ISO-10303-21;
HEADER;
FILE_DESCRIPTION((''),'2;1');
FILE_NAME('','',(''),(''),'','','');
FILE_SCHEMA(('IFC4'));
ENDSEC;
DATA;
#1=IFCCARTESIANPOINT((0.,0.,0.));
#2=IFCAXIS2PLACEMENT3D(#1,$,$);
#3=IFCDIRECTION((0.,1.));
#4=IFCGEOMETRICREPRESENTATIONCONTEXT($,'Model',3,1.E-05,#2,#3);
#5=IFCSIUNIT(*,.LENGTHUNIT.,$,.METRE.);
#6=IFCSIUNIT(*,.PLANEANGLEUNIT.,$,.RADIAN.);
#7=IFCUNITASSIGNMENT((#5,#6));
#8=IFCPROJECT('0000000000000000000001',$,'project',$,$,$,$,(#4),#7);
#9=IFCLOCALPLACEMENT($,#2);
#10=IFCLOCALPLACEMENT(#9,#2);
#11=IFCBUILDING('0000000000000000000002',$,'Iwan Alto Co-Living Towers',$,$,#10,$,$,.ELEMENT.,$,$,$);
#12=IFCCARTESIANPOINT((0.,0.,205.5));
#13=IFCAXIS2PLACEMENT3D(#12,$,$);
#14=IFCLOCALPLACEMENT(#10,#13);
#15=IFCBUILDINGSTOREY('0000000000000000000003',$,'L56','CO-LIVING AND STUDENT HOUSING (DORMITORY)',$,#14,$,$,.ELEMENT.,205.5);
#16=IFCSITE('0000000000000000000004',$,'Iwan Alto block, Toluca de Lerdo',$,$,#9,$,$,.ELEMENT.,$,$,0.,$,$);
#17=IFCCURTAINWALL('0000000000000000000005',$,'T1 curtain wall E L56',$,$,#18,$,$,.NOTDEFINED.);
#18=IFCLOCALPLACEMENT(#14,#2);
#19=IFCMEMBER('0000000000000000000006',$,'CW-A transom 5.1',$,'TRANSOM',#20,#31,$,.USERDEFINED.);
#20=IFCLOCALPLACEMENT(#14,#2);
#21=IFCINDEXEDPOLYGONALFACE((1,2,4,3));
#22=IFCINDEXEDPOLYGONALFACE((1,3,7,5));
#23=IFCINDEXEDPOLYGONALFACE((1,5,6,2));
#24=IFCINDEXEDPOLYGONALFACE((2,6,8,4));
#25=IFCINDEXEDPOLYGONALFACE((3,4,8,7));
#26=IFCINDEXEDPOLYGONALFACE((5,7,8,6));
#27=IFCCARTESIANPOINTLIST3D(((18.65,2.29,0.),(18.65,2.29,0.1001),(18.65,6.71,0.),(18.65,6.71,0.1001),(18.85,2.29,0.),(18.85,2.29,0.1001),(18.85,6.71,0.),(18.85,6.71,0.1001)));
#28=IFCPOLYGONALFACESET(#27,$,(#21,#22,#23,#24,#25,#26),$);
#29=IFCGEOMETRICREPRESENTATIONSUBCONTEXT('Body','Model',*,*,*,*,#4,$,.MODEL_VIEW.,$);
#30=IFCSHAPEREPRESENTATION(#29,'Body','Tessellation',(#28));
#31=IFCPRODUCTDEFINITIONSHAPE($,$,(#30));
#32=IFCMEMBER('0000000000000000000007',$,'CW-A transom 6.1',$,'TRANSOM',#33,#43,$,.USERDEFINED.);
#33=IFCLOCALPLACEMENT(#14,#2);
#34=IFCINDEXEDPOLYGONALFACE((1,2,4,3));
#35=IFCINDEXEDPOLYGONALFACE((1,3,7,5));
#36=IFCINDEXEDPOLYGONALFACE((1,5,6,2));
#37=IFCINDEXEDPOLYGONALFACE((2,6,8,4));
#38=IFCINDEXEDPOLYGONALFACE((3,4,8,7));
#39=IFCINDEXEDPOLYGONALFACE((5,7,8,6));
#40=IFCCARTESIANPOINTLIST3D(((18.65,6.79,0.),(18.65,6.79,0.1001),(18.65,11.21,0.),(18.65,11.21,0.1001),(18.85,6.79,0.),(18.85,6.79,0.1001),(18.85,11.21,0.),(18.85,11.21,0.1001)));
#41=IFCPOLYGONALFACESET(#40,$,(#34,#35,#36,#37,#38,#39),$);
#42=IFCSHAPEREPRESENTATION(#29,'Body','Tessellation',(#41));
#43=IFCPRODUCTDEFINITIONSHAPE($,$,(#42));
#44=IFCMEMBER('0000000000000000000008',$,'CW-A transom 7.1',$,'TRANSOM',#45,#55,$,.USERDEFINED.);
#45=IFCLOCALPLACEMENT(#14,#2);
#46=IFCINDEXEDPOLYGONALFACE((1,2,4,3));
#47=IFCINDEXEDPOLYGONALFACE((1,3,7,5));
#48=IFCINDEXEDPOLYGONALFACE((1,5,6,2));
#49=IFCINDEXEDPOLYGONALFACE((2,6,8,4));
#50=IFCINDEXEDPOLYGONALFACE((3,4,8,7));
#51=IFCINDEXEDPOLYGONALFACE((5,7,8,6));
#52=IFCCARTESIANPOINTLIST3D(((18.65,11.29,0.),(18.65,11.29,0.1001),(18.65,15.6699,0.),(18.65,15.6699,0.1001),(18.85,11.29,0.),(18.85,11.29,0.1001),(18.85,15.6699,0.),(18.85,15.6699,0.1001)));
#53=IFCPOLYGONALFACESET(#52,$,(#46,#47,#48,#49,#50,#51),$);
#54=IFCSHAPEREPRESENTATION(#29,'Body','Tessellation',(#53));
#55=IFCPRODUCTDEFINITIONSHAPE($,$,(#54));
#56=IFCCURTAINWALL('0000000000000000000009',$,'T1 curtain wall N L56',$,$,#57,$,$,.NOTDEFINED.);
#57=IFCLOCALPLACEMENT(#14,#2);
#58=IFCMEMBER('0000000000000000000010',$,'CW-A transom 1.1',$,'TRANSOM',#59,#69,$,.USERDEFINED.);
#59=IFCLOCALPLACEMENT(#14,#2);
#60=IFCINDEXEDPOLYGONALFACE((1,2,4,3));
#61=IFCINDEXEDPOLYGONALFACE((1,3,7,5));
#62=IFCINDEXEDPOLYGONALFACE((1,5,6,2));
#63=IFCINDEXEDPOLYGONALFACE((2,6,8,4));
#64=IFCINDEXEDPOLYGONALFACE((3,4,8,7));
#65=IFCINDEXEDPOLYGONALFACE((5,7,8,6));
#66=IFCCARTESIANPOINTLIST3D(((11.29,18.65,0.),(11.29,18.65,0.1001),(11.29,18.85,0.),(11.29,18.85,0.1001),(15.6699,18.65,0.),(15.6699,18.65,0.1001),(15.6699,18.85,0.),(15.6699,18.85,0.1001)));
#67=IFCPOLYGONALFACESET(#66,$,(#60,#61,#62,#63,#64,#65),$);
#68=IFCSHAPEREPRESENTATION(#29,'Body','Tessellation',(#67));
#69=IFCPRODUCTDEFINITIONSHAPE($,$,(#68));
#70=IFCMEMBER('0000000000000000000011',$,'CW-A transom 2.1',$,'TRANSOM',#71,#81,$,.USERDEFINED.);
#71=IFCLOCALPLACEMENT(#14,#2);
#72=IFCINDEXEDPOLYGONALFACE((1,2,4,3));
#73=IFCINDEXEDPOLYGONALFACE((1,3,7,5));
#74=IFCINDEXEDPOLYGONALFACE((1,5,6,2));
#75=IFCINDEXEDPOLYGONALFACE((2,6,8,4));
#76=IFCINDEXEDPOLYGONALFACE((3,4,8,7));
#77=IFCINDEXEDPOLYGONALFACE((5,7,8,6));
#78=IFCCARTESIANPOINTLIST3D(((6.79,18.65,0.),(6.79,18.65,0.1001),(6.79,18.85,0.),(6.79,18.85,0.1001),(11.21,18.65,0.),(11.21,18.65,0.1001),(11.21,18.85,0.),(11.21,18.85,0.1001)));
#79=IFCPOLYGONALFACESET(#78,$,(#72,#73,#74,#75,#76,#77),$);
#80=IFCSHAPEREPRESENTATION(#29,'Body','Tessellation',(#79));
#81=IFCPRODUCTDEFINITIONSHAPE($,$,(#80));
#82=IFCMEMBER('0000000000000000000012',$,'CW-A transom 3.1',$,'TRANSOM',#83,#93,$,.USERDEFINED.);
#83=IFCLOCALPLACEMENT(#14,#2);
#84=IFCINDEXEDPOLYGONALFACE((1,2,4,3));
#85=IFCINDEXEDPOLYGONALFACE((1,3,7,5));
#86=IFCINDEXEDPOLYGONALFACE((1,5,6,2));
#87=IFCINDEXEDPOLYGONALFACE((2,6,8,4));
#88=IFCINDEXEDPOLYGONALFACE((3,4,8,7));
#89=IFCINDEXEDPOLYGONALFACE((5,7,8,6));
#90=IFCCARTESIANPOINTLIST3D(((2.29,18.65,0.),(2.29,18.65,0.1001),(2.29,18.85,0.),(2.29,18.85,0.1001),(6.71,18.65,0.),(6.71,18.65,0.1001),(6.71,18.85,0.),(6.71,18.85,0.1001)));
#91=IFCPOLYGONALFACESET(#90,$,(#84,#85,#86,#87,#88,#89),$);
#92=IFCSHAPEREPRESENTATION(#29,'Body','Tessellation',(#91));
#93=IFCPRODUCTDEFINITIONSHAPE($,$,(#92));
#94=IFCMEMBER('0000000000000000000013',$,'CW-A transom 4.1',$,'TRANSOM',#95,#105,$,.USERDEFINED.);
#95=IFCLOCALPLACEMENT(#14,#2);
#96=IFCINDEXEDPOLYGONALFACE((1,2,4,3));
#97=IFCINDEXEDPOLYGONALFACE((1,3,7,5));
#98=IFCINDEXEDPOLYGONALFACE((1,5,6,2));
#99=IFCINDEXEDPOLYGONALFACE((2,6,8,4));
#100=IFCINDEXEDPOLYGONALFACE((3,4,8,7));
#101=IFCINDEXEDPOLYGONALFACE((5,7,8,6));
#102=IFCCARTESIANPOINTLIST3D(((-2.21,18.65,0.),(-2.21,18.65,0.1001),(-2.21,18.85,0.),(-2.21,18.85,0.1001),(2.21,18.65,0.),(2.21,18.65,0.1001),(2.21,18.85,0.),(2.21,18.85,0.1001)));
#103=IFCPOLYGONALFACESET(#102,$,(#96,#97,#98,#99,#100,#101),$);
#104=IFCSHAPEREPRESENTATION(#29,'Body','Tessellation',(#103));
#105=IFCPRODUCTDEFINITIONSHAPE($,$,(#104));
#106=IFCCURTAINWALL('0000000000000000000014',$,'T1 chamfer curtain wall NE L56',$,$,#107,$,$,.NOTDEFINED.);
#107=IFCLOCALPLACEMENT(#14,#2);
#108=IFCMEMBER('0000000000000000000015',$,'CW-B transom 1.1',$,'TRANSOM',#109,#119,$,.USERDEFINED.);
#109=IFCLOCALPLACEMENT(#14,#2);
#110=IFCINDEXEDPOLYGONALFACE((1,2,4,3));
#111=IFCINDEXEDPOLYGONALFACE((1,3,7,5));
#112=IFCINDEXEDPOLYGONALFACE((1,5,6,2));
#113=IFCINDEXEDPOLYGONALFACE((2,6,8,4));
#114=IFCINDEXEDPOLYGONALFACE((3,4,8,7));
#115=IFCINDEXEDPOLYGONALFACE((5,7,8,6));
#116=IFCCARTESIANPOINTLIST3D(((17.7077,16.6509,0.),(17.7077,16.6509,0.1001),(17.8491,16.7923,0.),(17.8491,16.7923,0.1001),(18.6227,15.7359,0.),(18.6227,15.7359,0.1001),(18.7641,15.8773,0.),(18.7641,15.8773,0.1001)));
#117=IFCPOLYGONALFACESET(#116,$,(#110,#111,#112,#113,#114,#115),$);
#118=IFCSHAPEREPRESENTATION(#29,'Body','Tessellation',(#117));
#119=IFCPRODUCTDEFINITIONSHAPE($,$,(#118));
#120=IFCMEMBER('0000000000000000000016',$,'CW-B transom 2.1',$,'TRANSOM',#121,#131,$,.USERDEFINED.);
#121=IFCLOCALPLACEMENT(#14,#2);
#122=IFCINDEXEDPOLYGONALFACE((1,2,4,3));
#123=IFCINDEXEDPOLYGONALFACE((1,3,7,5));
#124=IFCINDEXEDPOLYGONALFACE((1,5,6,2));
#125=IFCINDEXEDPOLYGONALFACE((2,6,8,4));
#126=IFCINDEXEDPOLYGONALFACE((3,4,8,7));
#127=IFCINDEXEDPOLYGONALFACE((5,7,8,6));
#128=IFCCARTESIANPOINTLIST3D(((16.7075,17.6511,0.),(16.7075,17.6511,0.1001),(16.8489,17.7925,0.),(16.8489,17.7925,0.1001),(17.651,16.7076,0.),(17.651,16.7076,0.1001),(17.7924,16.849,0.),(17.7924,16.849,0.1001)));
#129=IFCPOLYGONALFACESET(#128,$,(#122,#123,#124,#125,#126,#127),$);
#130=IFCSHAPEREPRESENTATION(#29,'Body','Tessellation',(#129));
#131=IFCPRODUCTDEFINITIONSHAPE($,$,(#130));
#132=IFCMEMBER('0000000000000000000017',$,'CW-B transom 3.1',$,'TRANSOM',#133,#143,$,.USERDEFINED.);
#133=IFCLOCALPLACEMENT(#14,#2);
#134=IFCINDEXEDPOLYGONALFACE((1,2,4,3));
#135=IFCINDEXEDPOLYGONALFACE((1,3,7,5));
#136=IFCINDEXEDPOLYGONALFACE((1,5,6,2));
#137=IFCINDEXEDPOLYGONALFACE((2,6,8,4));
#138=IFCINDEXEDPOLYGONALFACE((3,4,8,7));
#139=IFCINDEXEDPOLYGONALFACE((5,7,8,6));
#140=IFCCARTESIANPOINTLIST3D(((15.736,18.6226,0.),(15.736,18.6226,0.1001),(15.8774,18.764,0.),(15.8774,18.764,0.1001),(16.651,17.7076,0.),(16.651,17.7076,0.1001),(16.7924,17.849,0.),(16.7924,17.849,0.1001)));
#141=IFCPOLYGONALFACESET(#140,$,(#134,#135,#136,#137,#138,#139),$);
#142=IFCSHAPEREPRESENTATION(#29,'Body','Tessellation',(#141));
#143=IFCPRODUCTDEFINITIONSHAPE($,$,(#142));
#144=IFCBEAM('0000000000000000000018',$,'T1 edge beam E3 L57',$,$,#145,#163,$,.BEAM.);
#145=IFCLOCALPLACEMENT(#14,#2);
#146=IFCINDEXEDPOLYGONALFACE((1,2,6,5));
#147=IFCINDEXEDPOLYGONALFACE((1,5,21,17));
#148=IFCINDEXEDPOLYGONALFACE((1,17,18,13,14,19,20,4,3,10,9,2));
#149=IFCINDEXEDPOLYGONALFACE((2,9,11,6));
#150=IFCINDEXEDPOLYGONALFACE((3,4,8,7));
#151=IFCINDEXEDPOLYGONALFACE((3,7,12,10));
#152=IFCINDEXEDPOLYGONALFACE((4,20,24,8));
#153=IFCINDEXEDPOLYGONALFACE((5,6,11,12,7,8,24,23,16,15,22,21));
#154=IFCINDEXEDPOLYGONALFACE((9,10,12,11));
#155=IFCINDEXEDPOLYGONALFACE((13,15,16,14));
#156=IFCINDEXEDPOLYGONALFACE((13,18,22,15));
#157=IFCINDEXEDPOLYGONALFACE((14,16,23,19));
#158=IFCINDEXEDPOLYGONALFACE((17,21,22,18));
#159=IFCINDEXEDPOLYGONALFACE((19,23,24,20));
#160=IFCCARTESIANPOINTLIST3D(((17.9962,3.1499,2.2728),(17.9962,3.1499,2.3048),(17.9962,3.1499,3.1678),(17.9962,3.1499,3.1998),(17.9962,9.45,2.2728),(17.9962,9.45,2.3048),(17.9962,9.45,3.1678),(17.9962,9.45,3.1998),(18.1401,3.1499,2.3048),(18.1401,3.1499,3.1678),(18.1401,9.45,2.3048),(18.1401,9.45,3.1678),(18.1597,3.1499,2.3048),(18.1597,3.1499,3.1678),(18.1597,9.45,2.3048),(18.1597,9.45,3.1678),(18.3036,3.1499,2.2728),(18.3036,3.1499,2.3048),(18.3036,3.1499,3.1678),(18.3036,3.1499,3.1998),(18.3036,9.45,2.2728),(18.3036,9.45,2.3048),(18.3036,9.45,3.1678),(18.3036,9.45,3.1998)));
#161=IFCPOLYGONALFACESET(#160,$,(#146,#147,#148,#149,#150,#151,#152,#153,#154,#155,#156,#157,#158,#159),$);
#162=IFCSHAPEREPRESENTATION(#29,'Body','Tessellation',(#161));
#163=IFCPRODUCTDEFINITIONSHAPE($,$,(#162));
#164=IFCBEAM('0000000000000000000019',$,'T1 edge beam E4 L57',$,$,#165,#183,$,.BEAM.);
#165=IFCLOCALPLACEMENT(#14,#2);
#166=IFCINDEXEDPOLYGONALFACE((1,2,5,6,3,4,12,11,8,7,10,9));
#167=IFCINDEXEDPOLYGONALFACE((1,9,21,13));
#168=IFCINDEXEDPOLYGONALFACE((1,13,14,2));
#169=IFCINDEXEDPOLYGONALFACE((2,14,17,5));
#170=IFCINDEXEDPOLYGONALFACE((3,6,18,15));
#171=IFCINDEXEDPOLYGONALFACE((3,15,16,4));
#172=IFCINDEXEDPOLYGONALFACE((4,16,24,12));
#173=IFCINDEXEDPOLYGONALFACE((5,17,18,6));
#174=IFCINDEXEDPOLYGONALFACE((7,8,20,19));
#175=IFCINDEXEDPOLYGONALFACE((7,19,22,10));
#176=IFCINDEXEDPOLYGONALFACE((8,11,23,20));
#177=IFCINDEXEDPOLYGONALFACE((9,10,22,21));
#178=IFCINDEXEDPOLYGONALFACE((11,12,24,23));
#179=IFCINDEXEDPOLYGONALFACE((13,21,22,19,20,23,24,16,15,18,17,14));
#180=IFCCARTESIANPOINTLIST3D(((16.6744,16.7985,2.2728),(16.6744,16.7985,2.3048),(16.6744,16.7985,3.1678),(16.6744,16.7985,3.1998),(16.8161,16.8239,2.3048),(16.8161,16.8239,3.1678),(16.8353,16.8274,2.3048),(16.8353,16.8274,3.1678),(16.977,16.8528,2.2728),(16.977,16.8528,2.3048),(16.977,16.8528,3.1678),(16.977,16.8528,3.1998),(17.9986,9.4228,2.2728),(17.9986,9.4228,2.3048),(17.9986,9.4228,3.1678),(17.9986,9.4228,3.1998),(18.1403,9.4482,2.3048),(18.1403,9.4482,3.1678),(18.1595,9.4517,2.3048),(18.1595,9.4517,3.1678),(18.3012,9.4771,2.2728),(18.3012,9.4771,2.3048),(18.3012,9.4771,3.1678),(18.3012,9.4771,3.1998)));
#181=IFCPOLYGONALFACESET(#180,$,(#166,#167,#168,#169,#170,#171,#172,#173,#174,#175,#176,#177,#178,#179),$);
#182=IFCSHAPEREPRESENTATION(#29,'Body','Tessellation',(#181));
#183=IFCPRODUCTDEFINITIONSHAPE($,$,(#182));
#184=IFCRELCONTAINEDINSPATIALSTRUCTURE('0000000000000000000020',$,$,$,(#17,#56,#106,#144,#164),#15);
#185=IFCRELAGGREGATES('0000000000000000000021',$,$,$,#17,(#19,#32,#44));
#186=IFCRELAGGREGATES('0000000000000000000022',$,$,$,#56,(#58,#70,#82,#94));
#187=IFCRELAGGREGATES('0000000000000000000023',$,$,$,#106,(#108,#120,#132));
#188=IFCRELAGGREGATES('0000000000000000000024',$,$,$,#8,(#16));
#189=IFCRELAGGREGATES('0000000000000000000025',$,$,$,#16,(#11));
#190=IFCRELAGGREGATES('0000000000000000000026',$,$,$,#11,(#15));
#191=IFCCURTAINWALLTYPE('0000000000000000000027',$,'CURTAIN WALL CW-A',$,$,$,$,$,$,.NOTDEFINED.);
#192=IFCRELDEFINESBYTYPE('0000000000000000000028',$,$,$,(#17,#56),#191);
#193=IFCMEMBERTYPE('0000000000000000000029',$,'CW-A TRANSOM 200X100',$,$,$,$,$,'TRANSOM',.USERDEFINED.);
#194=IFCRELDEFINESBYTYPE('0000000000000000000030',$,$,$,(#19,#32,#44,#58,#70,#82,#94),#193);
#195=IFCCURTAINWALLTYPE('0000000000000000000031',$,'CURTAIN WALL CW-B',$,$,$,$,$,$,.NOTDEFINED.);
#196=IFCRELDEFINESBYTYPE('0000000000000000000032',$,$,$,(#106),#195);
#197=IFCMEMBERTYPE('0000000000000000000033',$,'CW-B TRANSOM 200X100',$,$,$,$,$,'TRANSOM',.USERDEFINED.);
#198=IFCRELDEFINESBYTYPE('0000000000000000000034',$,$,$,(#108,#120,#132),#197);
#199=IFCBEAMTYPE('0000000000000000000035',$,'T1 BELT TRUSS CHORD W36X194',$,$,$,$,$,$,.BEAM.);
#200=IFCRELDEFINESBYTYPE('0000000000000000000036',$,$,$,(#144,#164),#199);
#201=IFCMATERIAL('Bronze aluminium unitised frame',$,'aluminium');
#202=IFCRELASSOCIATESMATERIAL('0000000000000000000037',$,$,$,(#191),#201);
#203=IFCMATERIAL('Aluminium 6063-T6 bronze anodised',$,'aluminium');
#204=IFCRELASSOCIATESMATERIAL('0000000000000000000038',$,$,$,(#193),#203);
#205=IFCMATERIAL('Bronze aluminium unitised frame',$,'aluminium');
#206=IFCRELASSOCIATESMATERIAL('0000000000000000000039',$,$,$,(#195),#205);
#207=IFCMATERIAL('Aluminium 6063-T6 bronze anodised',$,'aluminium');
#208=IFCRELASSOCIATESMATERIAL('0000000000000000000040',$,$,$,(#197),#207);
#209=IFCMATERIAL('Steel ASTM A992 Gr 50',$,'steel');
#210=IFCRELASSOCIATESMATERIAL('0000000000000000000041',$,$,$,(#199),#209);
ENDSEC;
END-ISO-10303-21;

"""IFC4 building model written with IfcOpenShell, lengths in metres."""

from ifc_helpers import new_model, si_unit, direction, frame, origin, origin_2d, place, context, subcontext, project, spatial, rectangle, i_section, extrude, material, material_profile, profile_set, type_object, element, aggregate, save


model = new_model("IFC4")

# Units and contexts
model_context = context("Model", 3, precision=1e-05, world=origin(), true_north=direction((0.0, 1.0)))
body_context = subcontext(model_context, "Body", "Model", "MODEL_VIEW")
ifc_project = project(units=[si_unit("LENGTHUNIT", "METRE"), si_unit("PLANEANGLEUNIT", "RADIAN")], contexts=[model_context])

# Site, building, storey
site_placement = place(None, origin())
site = spatial("IfcSite", under=ifc_project, at=site_placement, Name="Iwan Alto block, Toluca de Lerdo", CompositionType="ELEMENT", RefElevation=0.0)
building_placement = place(site_placement, origin())
building = spatial("IfcBuilding", under=site, at=building_placement, Name="Iwan Alto Co-Living Towers", CompositionType="ELEMENT")
storey_placement = place(building_placement, frame((0.0, 0.0, 205.5)))
storey = spatial("IfcBuildingStorey", under=building, at=storey_placement, Name="L56", Description="CO-LIVING AND STUDENT HOUSING (DORMITORY)", CompositionType="ELEMENT", Elevation=205.5)

# Curtain walls, members
ifc_material_1 = material(Name="Bronze aluminium unitised frame", Category="aluminium")
curtain_wall_type_1 = type_object("IfcCurtainWallType", Name="CURTAIN WALL CW-A", PredefinedType="NOTDEFINED", material=ifc_material_1)
curtain_wall_1_placement = place(storey_placement, origin())
curtain_wall_1 = element("IfcCurtainWall", 1, at=curtain_wall_1_placement, inside=storey, type_object=curtain_wall_type_1, Name="T1 curtain wall E L56", PredefinedType="NOTDEFINED")
ifc_material_2 = material(Name="Aluminium 6063-T6 bronze anodised", Category="aluminium")
ifc_material_profile_1 = material_profile(ifc_material_2, rectangle(XDim=0.2, YDim=0.1001, at=origin_2d()), Name="AL 200X100")
ifc_profile_set_1 = profile_set([ifc_material_profile_1], Name="Aluminium 6063-T6 bronze anodised")
member_type_1 = type_object("IfcMemberType", Name="CW-A TRANSOM 200X100", ElementType="TRANSOM", PredefinedType="USERDEFINED", material=ifc_profile_set_1)
member_1_placement = place(storey_placement, frame((18.75, 2.29, 0.05), z_axis=(0.0, 1.0, 0.0), x_axis=(-1.0, 0.0, 0.0)))
member_1 = element("IfcMember", 2, at=member_1_placement, type_object=member_type_1, Name="CW-A transom 5.1", ObjectType="TRANSOM", PredefinedType="USERDEFINED", context=body_context, shape_type="SweptSolid", body=[
    extrude(rectangle(XDim=0.2, YDim=0.1001, at=origin_2d()), origin(), (0.0, 0.0, 1.0), 4.4199),
])
member_2_placement = place(storey_placement, frame((18.75, 6.79, 0.05), z_axis=(0.0, 1.0, 0.0), x_axis=(-1.0, 0.0, 0.0)))
member_2 = element("IfcMember", 3, at=member_2_placement, type_object=member_type_1, Name="CW-A transom 6.1", ObjectType="TRANSOM", PredefinedType="USERDEFINED", context=body_context, shape_type="SweptSolid", body=[
    extrude(rectangle(XDim=0.2, YDim=0.1001, at=origin_2d()), origin(), (0.0, 0.0, 1.0), 4.4199),
])
member_3_placement = place(storey_placement, frame((18.75, 11.29, 0.05), z_axis=(0.0, 1.0, 0.0), x_axis=(-1.0, 0.0, 0.0)))
member_3 = element("IfcMember", 4, at=member_3_placement, type_object=member_type_1, Name="CW-A transom 7.1", ObjectType="TRANSOM", PredefinedType="USERDEFINED", context=body_context, shape_type="SweptSolid", body=[
    extrude(rectangle(XDim=0.2, YDim=0.1001, at=origin_2d()), origin(), (0.0, 0.0, 1.0), 4.3799),
])
curtain_wall_2_placement = place(storey_placement, origin())
curtain_wall_2 = element("IfcCurtainWall", 5, at=curtain_wall_2_placement, inside=storey, type_object=curtain_wall_type_1, Name="T1 curtain wall N L56", PredefinedType="NOTDEFINED")
member_4_placement = place(storey_placement, frame((15.6699, 18.75, 0.05), z_axis=(-1.0, 0.0, 0.0), x_axis=(0.0, -1.0, 0.0)))
member_4 = element("IfcMember", 6, at=member_4_placement, type_object=member_type_1, Name="CW-A transom 1.1", ObjectType="TRANSOM", PredefinedType="USERDEFINED", context=body_context, shape_type="SweptSolid", body=[
    extrude(rectangle(XDim=0.2, YDim=0.1001, at=origin_2d()), origin(), (0.0, 0.0, 1.0), 4.3799),
])
member_5_placement = place(storey_placement, frame((11.21, 18.75, 0.05), z_axis=(-1.0, 0.0, 0.0), x_axis=(0.0, -1.0, 0.0)))
member_5 = element("IfcMember", 7, at=member_5_placement, type_object=member_type_1, Name="CW-A transom 2.1", ObjectType="TRANSOM", PredefinedType="USERDEFINED", context=body_context, shape_type="SweptSolid", body=[
    extrude(rectangle(XDim=0.2, YDim=0.1001, at=origin_2d()), origin(), (0.0, 0.0, 1.0), 4.4199),
])
member_6_placement = place(storey_placement, frame((6.71, 18.75, 0.05), z_axis=(-1.0, 0.0, 0.0), x_axis=(0.0, -1.0, 0.0)))
member_6 = element("IfcMember", 8, at=member_6_placement, type_object=member_type_1, Name="CW-A transom 3.1", ObjectType="TRANSOM", PredefinedType="USERDEFINED", context=body_context, shape_type="SweptSolid", body=[
    extrude(rectangle(XDim=0.2, YDim=0.1001, at=origin_2d()), origin(), (0.0, 0.0, 1.0), 4.4199),
])
member_7_placement = place(storey_placement, frame((2.21, 18.75, 0.05), z_axis=(-1.0, 0.0, 0.0), x_axis=(0.0, -1.0, 0.0)))
member_7 = element("IfcMember", 9, at=member_7_placement, type_object=member_type_1, Name="CW-A transom 4.1", ObjectType="TRANSOM", PredefinedType="USERDEFINED", context=body_context, shape_type="SweptSolid", body=[
    extrude(rectangle(XDim=0.2, YDim=0.1001, at=origin_2d()), origin(), (0.0, 0.0, 1.0), 4.4199),
])
ifc_material_3 = material(Name="Bronze aluminium unitised frame", Category="aluminium")
curtain_wall_type_2 = type_object("IfcCurtainWallType", Name="CURTAIN WALL CW-B", PredefinedType="NOTDEFINED", material=ifc_material_3)
curtain_wall_3_placement = place(storey_placement, origin())
curtain_wall_3 = element("IfcCurtainWall", 10, at=curtain_wall_3_placement, inside=storey, type_object=curtain_wall_type_2, Name="T1 chamfer curtain wall NE L56", PredefinedType="NOTDEFINED")
ifc_material_4 = material(Name="Aluminium 6063-T6 bronze anodised", Category="aluminium")
ifc_material_profile_2 = material_profile(ifc_material_4, rectangle(XDim=0.2, YDim=0.1001, at=origin_2d()), Name="AL 200X100")
ifc_profile_set_2 = profile_set([ifc_material_profile_2], Name="Aluminium 6063-T6 bronze anodised")
member_type_2 = type_object("IfcMemberType", Name="CW-B TRANSOM 200X100", ElementType="TRANSOM", PredefinedType="USERDEFINED", material=ifc_profile_set_2)
member_8_placement = place(storey_placement, frame((18.6934, 15.8066, 0.05), z_axis=(-0.707107, 0.707107, 0.0), x_axis=(-0.707107, -0.707107, 0.0)))
member_8 = element("IfcMember", 11, at=member_8_placement, type_object=member_type_2, Name="CW-B transom 1.1", ObjectType="TRANSOM", PredefinedType="USERDEFINED", context=body_context, shape_type="SweptSolid", body=[
    extrude(rectangle(XDim=0.2, YDim=0.1001, at=origin_2d()), origin(), (0.0, 0.0, 1.0), 1.2939),
])
member_9_placement = place(storey_placement, frame((17.7217, 16.7783, 0.05), z_axis=(-0.707107, 0.707107, 0.0), x_axis=(-0.707107, -0.707107, 0.0)))
member_9 = element("IfcMember", 12, at=member_9_placement, type_object=member_type_2, Name="CW-B transom 2.1", ObjectType="TRANSOM", PredefinedType="USERDEFINED", context=body_context, shape_type="SweptSolid", body=[
    extrude(rectangle(XDim=0.2, YDim=0.1001, at=origin_2d()), origin(), (0.0, 0.0, 1.0), 1.3342),
])
member_10_placement = place(storey_placement, frame((16.7217, 17.7783, 0.05), z_axis=(-0.707107, 0.707107, 0.0), x_axis=(-0.707107, -0.707107, 0.0)))
member_10 = element("IfcMember", 13, at=member_10_placement, type_object=member_type_2, Name="CW-B transom 3.1", ObjectType="TRANSOM", PredefinedType="USERDEFINED", context=body_context, shape_type="SweptSolid", body=[
    extrude(rectangle(XDim=0.2, YDim=0.1001, at=origin_2d()), origin(), (0.0, 0.0, 1.0), 1.2939),
])

# Beams
ifc_material_5 = material(Name="Steel ASTM A992 Gr 50", Category="steel")
ifc_material_profile_3 = material_profile(ifc_material_5, i_section(OverallWidth=0.3074, OverallDepth=0.927, WebThickness=0.0195, FlangeThickness=0.032, at=origin_2d()), Name="W36X194")
ifc_profile_set_3 = profile_set([ifc_material_profile_3], Name="Steel ASTM A992 Gr 50")
beam_type_1 = type_object("IfcBeamType", Name="T1 BELT TRUSS CHORD W36X194", PredefinedType="BEAM", material=ifc_profile_set_3)
beam_1_placement = place(storey_placement, frame((18.1499, 3.1499, 2.7363), z_axis=(0.0, 1.0, 0.0), x_axis=(-1.0, 0.0, 0.0)))
element("IfcBeam", 14, at=beam_1_placement, inside=storey, type_object=beam_type_1, Name="T1 edge beam E3 L57", PredefinedType="BEAM", context=body_context, shape_type="SweptSolid", body=[
    extrude(i_section(OverallWidth=0.3074, OverallDepth=0.927, WebThickness=0.0195, FlangeThickness=0.032, at=origin_2d()), origin(), (0.0, 0.0, 1.0), 6.3),
])
for number, where, z_axis, x_axis, name in (
    (15, (18.1499, 9.45, 2.7363), (-0.176712, 0.984263, 0.0), (-0.984263, -0.176712, 0.0), "T1 edge beam E4 L57"),
):
    element("IfcBeam", number, at=place(storey_placement, frame(where, z_axis=z_axis, x_axis=x_axis)), inside=storey, type_object=beam_type_1, Name=name, PredefinedType="BEAM", context=body_context, shape_type="SweptSolid", body=[
        extrude(i_section(OverallWidth=0.3074, OverallDepth=0.927, WebThickness=0.0195, FlangeThickness=0.032, at=origin_2d()), origin(), (0.0, 0.0, 1.0), 7.4937),
    ])

aggregate(curtain_wall_1, [member_1, member_2, member_3])
aggregate(curtain_wall_2, [member_4, member_5, member_6, member_7])
aggregate(curtain_wall_3, [member_8, member_9, member_10])

save(model, "model.ifc")
